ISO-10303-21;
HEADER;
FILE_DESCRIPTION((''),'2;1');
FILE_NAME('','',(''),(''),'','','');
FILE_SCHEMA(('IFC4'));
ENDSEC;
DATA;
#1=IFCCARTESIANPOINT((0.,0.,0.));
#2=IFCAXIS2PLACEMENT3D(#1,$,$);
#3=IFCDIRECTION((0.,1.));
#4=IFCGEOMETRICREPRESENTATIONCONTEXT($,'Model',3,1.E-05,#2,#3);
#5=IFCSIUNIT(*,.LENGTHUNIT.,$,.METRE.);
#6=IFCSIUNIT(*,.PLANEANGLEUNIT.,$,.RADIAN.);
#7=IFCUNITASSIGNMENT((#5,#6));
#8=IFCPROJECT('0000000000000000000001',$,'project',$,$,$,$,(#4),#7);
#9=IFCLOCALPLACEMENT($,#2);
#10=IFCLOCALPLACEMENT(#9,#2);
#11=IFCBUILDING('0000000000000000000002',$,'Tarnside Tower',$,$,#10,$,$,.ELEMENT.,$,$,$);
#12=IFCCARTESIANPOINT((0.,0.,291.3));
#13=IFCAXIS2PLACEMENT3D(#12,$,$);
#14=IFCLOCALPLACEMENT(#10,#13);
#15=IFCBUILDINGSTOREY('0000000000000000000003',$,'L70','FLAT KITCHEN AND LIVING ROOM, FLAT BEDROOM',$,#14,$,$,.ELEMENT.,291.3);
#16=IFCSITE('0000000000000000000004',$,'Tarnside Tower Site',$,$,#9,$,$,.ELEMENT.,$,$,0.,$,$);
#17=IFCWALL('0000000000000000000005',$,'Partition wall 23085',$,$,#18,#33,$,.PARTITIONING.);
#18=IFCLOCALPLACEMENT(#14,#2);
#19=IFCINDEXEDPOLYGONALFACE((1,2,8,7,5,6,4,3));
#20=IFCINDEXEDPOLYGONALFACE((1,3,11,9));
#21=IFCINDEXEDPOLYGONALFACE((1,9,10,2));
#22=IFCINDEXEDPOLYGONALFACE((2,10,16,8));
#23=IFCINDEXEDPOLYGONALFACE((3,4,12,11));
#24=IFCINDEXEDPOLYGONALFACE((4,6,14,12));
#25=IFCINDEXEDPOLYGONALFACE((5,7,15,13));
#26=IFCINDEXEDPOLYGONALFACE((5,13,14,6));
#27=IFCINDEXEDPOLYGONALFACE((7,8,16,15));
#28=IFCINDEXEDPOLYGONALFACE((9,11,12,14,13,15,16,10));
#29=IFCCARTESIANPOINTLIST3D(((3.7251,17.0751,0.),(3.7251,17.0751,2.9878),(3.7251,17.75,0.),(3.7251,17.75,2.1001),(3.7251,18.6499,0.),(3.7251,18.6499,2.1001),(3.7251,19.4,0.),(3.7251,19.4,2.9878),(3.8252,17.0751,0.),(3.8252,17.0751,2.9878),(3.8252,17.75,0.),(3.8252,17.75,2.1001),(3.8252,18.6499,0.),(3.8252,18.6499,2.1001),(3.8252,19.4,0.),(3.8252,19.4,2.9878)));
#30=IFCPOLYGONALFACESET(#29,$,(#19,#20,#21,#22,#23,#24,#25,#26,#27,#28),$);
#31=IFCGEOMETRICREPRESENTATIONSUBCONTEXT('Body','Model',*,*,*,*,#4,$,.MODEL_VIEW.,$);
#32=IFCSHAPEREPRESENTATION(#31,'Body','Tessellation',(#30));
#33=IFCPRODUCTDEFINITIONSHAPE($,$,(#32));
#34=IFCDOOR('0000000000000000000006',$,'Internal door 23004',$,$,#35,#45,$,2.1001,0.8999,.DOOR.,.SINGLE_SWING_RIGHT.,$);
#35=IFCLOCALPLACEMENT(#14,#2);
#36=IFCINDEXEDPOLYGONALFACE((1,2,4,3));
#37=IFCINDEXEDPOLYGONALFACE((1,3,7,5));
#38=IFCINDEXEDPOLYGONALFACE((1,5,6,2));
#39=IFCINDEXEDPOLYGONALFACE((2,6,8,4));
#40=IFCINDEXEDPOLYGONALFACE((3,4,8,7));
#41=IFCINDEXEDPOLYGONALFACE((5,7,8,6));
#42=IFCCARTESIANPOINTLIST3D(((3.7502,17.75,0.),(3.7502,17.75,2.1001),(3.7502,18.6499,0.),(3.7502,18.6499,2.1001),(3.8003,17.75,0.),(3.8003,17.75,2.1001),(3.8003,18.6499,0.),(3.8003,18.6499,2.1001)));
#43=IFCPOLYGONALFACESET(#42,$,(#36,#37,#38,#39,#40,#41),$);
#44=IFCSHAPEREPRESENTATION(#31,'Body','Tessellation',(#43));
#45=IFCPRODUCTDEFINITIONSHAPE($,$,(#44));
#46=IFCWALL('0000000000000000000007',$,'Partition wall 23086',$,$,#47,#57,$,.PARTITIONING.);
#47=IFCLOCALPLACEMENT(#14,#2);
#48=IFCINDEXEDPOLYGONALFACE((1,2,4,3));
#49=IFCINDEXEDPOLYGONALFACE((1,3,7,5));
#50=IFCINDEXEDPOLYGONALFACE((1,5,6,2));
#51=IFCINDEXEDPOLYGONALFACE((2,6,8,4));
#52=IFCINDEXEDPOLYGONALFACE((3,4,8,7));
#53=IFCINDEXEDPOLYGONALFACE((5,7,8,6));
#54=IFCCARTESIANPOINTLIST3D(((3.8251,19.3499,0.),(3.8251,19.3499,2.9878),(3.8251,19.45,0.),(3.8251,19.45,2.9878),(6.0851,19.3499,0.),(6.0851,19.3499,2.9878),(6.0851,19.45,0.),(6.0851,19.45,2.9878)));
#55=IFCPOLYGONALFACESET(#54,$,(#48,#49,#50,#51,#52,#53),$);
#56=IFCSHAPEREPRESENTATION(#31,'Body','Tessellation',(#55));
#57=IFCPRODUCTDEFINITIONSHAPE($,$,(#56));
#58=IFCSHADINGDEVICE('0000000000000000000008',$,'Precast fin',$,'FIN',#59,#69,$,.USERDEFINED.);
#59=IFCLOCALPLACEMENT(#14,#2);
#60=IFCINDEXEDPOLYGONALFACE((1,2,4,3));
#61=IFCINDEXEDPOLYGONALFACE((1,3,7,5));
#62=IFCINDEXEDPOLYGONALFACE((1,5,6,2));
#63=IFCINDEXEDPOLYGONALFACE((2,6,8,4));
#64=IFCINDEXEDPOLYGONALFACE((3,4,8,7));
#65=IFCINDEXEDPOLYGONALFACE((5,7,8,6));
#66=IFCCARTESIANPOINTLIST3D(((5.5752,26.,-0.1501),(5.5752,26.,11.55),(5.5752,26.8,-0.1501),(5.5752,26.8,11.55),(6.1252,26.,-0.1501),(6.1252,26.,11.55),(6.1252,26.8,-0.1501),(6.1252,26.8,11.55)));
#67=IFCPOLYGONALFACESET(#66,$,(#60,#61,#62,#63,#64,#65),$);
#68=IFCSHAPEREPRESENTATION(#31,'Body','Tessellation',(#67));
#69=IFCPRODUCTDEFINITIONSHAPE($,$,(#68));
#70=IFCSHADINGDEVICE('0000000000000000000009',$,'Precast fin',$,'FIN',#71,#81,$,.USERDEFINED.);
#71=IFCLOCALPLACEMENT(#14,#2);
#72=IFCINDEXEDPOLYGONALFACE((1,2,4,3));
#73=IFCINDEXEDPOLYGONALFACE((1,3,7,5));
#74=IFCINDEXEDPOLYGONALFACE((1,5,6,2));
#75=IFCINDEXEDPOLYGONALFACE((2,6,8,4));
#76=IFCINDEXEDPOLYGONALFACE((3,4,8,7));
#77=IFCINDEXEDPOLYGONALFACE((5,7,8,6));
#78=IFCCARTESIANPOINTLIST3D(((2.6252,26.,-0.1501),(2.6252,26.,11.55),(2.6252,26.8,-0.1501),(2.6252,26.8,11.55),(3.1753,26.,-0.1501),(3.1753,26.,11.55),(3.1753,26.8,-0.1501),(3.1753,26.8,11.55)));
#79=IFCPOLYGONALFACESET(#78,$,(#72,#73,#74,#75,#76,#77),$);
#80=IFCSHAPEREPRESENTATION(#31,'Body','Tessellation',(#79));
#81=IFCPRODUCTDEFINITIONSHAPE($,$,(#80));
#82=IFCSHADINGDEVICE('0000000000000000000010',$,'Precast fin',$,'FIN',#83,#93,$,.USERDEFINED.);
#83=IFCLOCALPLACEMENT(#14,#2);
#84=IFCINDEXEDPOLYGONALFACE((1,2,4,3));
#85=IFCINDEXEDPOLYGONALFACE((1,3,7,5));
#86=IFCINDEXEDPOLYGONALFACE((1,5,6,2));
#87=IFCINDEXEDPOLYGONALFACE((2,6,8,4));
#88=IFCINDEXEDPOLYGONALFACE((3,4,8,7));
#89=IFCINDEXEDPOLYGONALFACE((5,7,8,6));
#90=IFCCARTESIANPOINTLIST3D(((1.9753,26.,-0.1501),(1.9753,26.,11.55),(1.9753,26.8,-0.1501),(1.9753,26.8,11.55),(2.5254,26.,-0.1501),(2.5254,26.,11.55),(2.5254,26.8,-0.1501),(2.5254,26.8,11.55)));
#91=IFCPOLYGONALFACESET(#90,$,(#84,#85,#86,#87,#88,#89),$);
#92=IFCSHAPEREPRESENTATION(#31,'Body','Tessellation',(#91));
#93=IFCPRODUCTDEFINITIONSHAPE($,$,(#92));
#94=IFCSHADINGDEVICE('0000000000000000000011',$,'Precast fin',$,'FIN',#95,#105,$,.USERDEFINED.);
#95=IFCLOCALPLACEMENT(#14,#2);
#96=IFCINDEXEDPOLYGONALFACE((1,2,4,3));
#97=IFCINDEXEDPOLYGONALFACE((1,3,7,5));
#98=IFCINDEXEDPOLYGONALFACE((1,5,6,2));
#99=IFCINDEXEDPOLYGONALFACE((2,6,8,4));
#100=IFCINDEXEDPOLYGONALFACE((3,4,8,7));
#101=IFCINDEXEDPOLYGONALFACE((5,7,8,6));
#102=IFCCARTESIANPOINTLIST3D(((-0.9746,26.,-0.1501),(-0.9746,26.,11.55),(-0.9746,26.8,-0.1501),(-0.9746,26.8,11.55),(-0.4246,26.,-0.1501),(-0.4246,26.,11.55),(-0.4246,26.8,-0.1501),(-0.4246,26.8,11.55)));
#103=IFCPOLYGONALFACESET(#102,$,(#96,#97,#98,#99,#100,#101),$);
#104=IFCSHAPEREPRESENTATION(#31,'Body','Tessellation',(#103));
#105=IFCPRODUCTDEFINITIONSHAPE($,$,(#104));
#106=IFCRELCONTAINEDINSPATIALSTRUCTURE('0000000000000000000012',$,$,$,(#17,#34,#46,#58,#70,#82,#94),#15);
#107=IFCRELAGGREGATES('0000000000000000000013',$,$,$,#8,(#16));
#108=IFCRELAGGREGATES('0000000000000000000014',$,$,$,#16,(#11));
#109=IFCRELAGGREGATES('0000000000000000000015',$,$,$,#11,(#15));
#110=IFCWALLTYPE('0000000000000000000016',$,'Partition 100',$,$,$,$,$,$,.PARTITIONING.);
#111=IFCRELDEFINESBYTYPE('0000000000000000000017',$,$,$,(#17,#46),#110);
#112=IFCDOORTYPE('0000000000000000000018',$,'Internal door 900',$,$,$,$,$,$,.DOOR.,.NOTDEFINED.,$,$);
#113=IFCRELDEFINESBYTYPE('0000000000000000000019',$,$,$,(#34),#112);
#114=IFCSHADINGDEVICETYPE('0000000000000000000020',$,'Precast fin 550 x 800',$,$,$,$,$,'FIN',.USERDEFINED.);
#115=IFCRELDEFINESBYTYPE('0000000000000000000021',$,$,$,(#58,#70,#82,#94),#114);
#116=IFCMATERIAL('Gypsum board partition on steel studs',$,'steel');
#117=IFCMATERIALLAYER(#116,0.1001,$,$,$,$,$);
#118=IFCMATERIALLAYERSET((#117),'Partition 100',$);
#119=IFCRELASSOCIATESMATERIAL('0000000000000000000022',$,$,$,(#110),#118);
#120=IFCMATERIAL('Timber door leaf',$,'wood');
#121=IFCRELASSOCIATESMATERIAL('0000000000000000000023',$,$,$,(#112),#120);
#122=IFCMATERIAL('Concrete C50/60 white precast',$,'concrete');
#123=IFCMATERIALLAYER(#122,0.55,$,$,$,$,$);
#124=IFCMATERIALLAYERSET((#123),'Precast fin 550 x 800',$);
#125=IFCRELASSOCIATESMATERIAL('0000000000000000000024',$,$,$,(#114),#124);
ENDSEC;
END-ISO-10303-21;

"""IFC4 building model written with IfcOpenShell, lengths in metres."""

from ifc_helpers import new_model, si_unit, direction, frame, frame_2d, origin, place, context, subcontext, project, spatial, polyline, rectangle, outline, extrude, material, layer, layer_set, type_object, element, fill, save


model = new_model("IFC4")

# Units and contexts
model_context = context("Model", 3, precision=1e-05, world=origin(), true_north=direction((0.0, 1.0)))
body_context = subcontext(model_context, "Body", "Model", "MODEL_VIEW")
ifc_project = project(units=[si_unit("LENGTHUNIT", "METRE"), si_unit("PLANEANGLEUNIT", "RADIAN")], contexts=[model_context])

# Site, building, storey
site_placement = place(None, origin())
site = spatial("IfcSite", under=ifc_project, at=site_placement, Name="Tarnside Tower Site", CompositionType="ELEMENT", RefElevation=0.0)
building_placement = place(site_placement, origin())
building = spatial("IfcBuilding", under=site, at=building_placement, Name="Tarnside Tower", CompositionType="ELEMENT")
storey_placement = place(building_placement, frame((0.0, 0.0, 291.3)))
storey = spatial("IfcBuildingStorey", under=building, at=storey_placement, Name="L70", Description="FLAT KITCHEN AND LIVING ROOM, FLAT BEDROOM", CompositionType="ELEMENT", Elevation=291.3)

# Shared definitions
ifc_material_1 = material(Name="Gypsum board partition on steel studs", Category="steel")

# Shared definitions
ifc_material_2 = material(Name="Timber door leaf", Category="wood")

# Wall, opening, door
ifc_layer_1 = layer(ifc_material_1, 0.1001)
ifc_layer_set_1 = layer_set([ifc_layer_1], Name="Partition 100")
wall_type_1 = type_object("IfcWallType", Name="Partition 100", PredefinedType="PARTITIONING", material=ifc_layer_set_1)
wall_1_placement = place(storey_placement, frame((3.7751, 17.075, 0.0), z_axis=(0.0, 0.0, 1.0), x_axis=(0.0, 1.0, 0.0)))
wall_1 = element("IfcWall", 1, at=wall_1_placement, inside=storey, type_object=wall_type_1, Name="Partition wall 23085", PredefinedType="PARTITIONING", context=body_context, shape_type="SweptSolid", body=[
    extrude(rectangle(XDim=2.325, YDim=0.1001, at=frame_2d((1.1626, 0.0))), origin(), (0.0, 0.0, 1.0), 2.9878),
])
opening_1_placement = place(wall_1_placement, frame((0.675, 0.0, 0.0)))
opening_1 = element("IfcOpeningElement", 2, at=opening_1_placement, cuts=wall_1, PredefinedType="OPENING", context=body_context, shape_type="SweptSolid", body=[
    extrude(rectangle(XDim=0.8999, YDim=2.1001, at=frame_2d((0.45, 1.05))), frame((0.0, 0.0601, 0.0), z_axis=(0.0, -1.0, 0.0), x_axis=(1.0, 0.0, 0.0)), (0.0, 0.0, 1.0), 0.1201),
])
door_type_1 = type_object("IfcDoorType", Name="Internal door 900", OperationType="NOTDEFINED", PredefinedType="DOOR", material=ifc_material_2)
door_1_placement = place(opening_1_placement, origin())
door_1 = element("IfcDoor", 3, at=door_1_placement, inside=storey, type_object=door_type_1, Name="Internal door 23004", OperationType="SINGLE_SWING_RIGHT", OverallHeight=2.1001, OverallWidth=0.8999, PredefinedType="DOOR", context=body_context, shape_type="SweptSolid", body=[
    extrude(rectangle(XDim=0.8999, YDim=2.1001, at=frame_2d((0.45, 1.05))), frame((0.0, 0.0249, 0.0), z_axis=(0.0, -1.0, 0.0), x_axis=(1.0, 0.0, 0.0)), (0.0, 0.0, 1.0), 0.05),
])
fill(opening_1, door_1)

# Wall
wall_2_placement = place(storey_placement, frame((3.8252, 19.3999, 0.0), z_axis=(0.0, 0.0, 1.0), x_axis=(1.0, 0.0, 0.0)))
element("IfcWall", 4, at=wall_2_placement, inside=storey, type_object=wall_type_1, Name="Partition wall 23086", PredefinedType="PARTITIONING", context=body_context, shape_type="SweptSolid", body=[
    extrude(rectangle(XDim=2.26, YDim=0.1001, at=frame_2d((1.1299, 0.0))), origin(), (0.0, 0.0, 1.0), 2.9878),
])

# Shading devices
ifc_material_3 = material(Name="Concrete C50/60 white precast", Category="concrete")
ifc_layer_2 = layer(ifc_material_3, 0.55)
ifc_layer_set_2 = layer_set([ifc_layer_2], Name="Precast fin 550 x 800")
shading_device_type = type_object("IfcShadingDeviceType", Name="Precast fin 550 x 800", ElementType="FIN", PredefinedType="USERDEFINED", material=ifc_layer_set_2)
for number, where, z_axis, x_axis, name in (
    (5, (5.8501, 26.0, -0.1501), (1.0, 0.0, 0.0), (0.0, 1.0, 0.0), "Precast fin"),
    (6, (2.9001, 26.0, -0.1501), (1.0, 0.0, 0.0), (0.0, 1.0, 0.0), "Precast fin"),
    (7, (2.2502, 26.0, -0.1501), (1.0, 0.0, 0.0), (0.0, 1.0, 0.0), "Precast fin"),
    (8, (-0.6997, 26.0, -0.1501), (1.0, 0.0, 0.0), (0.0, 1.0, 0.0), "Precast fin"),
):
    element("IfcShadingDevice", number, at=place(storey_placement, frame(where, z_axis=z_axis, x_axis=x_axis)), inside=storey, type_object=shading_device_type, Name=name, ObjectType="FIN", PredefinedType="USERDEFINED", context=body_context, shape_type="SweptSolid", body=[
        extrude(outline(polyline([(0.0, 0.0), (0.8, 0.0), (0.8, 11.7002), (0.0, 11.7002), (0.0, 0.0)])), frame((0.0, 0.0, -0.2749)), (0.0, 0.0, 1.0), 0.55),
    ])

save(model, "model.ifc")
